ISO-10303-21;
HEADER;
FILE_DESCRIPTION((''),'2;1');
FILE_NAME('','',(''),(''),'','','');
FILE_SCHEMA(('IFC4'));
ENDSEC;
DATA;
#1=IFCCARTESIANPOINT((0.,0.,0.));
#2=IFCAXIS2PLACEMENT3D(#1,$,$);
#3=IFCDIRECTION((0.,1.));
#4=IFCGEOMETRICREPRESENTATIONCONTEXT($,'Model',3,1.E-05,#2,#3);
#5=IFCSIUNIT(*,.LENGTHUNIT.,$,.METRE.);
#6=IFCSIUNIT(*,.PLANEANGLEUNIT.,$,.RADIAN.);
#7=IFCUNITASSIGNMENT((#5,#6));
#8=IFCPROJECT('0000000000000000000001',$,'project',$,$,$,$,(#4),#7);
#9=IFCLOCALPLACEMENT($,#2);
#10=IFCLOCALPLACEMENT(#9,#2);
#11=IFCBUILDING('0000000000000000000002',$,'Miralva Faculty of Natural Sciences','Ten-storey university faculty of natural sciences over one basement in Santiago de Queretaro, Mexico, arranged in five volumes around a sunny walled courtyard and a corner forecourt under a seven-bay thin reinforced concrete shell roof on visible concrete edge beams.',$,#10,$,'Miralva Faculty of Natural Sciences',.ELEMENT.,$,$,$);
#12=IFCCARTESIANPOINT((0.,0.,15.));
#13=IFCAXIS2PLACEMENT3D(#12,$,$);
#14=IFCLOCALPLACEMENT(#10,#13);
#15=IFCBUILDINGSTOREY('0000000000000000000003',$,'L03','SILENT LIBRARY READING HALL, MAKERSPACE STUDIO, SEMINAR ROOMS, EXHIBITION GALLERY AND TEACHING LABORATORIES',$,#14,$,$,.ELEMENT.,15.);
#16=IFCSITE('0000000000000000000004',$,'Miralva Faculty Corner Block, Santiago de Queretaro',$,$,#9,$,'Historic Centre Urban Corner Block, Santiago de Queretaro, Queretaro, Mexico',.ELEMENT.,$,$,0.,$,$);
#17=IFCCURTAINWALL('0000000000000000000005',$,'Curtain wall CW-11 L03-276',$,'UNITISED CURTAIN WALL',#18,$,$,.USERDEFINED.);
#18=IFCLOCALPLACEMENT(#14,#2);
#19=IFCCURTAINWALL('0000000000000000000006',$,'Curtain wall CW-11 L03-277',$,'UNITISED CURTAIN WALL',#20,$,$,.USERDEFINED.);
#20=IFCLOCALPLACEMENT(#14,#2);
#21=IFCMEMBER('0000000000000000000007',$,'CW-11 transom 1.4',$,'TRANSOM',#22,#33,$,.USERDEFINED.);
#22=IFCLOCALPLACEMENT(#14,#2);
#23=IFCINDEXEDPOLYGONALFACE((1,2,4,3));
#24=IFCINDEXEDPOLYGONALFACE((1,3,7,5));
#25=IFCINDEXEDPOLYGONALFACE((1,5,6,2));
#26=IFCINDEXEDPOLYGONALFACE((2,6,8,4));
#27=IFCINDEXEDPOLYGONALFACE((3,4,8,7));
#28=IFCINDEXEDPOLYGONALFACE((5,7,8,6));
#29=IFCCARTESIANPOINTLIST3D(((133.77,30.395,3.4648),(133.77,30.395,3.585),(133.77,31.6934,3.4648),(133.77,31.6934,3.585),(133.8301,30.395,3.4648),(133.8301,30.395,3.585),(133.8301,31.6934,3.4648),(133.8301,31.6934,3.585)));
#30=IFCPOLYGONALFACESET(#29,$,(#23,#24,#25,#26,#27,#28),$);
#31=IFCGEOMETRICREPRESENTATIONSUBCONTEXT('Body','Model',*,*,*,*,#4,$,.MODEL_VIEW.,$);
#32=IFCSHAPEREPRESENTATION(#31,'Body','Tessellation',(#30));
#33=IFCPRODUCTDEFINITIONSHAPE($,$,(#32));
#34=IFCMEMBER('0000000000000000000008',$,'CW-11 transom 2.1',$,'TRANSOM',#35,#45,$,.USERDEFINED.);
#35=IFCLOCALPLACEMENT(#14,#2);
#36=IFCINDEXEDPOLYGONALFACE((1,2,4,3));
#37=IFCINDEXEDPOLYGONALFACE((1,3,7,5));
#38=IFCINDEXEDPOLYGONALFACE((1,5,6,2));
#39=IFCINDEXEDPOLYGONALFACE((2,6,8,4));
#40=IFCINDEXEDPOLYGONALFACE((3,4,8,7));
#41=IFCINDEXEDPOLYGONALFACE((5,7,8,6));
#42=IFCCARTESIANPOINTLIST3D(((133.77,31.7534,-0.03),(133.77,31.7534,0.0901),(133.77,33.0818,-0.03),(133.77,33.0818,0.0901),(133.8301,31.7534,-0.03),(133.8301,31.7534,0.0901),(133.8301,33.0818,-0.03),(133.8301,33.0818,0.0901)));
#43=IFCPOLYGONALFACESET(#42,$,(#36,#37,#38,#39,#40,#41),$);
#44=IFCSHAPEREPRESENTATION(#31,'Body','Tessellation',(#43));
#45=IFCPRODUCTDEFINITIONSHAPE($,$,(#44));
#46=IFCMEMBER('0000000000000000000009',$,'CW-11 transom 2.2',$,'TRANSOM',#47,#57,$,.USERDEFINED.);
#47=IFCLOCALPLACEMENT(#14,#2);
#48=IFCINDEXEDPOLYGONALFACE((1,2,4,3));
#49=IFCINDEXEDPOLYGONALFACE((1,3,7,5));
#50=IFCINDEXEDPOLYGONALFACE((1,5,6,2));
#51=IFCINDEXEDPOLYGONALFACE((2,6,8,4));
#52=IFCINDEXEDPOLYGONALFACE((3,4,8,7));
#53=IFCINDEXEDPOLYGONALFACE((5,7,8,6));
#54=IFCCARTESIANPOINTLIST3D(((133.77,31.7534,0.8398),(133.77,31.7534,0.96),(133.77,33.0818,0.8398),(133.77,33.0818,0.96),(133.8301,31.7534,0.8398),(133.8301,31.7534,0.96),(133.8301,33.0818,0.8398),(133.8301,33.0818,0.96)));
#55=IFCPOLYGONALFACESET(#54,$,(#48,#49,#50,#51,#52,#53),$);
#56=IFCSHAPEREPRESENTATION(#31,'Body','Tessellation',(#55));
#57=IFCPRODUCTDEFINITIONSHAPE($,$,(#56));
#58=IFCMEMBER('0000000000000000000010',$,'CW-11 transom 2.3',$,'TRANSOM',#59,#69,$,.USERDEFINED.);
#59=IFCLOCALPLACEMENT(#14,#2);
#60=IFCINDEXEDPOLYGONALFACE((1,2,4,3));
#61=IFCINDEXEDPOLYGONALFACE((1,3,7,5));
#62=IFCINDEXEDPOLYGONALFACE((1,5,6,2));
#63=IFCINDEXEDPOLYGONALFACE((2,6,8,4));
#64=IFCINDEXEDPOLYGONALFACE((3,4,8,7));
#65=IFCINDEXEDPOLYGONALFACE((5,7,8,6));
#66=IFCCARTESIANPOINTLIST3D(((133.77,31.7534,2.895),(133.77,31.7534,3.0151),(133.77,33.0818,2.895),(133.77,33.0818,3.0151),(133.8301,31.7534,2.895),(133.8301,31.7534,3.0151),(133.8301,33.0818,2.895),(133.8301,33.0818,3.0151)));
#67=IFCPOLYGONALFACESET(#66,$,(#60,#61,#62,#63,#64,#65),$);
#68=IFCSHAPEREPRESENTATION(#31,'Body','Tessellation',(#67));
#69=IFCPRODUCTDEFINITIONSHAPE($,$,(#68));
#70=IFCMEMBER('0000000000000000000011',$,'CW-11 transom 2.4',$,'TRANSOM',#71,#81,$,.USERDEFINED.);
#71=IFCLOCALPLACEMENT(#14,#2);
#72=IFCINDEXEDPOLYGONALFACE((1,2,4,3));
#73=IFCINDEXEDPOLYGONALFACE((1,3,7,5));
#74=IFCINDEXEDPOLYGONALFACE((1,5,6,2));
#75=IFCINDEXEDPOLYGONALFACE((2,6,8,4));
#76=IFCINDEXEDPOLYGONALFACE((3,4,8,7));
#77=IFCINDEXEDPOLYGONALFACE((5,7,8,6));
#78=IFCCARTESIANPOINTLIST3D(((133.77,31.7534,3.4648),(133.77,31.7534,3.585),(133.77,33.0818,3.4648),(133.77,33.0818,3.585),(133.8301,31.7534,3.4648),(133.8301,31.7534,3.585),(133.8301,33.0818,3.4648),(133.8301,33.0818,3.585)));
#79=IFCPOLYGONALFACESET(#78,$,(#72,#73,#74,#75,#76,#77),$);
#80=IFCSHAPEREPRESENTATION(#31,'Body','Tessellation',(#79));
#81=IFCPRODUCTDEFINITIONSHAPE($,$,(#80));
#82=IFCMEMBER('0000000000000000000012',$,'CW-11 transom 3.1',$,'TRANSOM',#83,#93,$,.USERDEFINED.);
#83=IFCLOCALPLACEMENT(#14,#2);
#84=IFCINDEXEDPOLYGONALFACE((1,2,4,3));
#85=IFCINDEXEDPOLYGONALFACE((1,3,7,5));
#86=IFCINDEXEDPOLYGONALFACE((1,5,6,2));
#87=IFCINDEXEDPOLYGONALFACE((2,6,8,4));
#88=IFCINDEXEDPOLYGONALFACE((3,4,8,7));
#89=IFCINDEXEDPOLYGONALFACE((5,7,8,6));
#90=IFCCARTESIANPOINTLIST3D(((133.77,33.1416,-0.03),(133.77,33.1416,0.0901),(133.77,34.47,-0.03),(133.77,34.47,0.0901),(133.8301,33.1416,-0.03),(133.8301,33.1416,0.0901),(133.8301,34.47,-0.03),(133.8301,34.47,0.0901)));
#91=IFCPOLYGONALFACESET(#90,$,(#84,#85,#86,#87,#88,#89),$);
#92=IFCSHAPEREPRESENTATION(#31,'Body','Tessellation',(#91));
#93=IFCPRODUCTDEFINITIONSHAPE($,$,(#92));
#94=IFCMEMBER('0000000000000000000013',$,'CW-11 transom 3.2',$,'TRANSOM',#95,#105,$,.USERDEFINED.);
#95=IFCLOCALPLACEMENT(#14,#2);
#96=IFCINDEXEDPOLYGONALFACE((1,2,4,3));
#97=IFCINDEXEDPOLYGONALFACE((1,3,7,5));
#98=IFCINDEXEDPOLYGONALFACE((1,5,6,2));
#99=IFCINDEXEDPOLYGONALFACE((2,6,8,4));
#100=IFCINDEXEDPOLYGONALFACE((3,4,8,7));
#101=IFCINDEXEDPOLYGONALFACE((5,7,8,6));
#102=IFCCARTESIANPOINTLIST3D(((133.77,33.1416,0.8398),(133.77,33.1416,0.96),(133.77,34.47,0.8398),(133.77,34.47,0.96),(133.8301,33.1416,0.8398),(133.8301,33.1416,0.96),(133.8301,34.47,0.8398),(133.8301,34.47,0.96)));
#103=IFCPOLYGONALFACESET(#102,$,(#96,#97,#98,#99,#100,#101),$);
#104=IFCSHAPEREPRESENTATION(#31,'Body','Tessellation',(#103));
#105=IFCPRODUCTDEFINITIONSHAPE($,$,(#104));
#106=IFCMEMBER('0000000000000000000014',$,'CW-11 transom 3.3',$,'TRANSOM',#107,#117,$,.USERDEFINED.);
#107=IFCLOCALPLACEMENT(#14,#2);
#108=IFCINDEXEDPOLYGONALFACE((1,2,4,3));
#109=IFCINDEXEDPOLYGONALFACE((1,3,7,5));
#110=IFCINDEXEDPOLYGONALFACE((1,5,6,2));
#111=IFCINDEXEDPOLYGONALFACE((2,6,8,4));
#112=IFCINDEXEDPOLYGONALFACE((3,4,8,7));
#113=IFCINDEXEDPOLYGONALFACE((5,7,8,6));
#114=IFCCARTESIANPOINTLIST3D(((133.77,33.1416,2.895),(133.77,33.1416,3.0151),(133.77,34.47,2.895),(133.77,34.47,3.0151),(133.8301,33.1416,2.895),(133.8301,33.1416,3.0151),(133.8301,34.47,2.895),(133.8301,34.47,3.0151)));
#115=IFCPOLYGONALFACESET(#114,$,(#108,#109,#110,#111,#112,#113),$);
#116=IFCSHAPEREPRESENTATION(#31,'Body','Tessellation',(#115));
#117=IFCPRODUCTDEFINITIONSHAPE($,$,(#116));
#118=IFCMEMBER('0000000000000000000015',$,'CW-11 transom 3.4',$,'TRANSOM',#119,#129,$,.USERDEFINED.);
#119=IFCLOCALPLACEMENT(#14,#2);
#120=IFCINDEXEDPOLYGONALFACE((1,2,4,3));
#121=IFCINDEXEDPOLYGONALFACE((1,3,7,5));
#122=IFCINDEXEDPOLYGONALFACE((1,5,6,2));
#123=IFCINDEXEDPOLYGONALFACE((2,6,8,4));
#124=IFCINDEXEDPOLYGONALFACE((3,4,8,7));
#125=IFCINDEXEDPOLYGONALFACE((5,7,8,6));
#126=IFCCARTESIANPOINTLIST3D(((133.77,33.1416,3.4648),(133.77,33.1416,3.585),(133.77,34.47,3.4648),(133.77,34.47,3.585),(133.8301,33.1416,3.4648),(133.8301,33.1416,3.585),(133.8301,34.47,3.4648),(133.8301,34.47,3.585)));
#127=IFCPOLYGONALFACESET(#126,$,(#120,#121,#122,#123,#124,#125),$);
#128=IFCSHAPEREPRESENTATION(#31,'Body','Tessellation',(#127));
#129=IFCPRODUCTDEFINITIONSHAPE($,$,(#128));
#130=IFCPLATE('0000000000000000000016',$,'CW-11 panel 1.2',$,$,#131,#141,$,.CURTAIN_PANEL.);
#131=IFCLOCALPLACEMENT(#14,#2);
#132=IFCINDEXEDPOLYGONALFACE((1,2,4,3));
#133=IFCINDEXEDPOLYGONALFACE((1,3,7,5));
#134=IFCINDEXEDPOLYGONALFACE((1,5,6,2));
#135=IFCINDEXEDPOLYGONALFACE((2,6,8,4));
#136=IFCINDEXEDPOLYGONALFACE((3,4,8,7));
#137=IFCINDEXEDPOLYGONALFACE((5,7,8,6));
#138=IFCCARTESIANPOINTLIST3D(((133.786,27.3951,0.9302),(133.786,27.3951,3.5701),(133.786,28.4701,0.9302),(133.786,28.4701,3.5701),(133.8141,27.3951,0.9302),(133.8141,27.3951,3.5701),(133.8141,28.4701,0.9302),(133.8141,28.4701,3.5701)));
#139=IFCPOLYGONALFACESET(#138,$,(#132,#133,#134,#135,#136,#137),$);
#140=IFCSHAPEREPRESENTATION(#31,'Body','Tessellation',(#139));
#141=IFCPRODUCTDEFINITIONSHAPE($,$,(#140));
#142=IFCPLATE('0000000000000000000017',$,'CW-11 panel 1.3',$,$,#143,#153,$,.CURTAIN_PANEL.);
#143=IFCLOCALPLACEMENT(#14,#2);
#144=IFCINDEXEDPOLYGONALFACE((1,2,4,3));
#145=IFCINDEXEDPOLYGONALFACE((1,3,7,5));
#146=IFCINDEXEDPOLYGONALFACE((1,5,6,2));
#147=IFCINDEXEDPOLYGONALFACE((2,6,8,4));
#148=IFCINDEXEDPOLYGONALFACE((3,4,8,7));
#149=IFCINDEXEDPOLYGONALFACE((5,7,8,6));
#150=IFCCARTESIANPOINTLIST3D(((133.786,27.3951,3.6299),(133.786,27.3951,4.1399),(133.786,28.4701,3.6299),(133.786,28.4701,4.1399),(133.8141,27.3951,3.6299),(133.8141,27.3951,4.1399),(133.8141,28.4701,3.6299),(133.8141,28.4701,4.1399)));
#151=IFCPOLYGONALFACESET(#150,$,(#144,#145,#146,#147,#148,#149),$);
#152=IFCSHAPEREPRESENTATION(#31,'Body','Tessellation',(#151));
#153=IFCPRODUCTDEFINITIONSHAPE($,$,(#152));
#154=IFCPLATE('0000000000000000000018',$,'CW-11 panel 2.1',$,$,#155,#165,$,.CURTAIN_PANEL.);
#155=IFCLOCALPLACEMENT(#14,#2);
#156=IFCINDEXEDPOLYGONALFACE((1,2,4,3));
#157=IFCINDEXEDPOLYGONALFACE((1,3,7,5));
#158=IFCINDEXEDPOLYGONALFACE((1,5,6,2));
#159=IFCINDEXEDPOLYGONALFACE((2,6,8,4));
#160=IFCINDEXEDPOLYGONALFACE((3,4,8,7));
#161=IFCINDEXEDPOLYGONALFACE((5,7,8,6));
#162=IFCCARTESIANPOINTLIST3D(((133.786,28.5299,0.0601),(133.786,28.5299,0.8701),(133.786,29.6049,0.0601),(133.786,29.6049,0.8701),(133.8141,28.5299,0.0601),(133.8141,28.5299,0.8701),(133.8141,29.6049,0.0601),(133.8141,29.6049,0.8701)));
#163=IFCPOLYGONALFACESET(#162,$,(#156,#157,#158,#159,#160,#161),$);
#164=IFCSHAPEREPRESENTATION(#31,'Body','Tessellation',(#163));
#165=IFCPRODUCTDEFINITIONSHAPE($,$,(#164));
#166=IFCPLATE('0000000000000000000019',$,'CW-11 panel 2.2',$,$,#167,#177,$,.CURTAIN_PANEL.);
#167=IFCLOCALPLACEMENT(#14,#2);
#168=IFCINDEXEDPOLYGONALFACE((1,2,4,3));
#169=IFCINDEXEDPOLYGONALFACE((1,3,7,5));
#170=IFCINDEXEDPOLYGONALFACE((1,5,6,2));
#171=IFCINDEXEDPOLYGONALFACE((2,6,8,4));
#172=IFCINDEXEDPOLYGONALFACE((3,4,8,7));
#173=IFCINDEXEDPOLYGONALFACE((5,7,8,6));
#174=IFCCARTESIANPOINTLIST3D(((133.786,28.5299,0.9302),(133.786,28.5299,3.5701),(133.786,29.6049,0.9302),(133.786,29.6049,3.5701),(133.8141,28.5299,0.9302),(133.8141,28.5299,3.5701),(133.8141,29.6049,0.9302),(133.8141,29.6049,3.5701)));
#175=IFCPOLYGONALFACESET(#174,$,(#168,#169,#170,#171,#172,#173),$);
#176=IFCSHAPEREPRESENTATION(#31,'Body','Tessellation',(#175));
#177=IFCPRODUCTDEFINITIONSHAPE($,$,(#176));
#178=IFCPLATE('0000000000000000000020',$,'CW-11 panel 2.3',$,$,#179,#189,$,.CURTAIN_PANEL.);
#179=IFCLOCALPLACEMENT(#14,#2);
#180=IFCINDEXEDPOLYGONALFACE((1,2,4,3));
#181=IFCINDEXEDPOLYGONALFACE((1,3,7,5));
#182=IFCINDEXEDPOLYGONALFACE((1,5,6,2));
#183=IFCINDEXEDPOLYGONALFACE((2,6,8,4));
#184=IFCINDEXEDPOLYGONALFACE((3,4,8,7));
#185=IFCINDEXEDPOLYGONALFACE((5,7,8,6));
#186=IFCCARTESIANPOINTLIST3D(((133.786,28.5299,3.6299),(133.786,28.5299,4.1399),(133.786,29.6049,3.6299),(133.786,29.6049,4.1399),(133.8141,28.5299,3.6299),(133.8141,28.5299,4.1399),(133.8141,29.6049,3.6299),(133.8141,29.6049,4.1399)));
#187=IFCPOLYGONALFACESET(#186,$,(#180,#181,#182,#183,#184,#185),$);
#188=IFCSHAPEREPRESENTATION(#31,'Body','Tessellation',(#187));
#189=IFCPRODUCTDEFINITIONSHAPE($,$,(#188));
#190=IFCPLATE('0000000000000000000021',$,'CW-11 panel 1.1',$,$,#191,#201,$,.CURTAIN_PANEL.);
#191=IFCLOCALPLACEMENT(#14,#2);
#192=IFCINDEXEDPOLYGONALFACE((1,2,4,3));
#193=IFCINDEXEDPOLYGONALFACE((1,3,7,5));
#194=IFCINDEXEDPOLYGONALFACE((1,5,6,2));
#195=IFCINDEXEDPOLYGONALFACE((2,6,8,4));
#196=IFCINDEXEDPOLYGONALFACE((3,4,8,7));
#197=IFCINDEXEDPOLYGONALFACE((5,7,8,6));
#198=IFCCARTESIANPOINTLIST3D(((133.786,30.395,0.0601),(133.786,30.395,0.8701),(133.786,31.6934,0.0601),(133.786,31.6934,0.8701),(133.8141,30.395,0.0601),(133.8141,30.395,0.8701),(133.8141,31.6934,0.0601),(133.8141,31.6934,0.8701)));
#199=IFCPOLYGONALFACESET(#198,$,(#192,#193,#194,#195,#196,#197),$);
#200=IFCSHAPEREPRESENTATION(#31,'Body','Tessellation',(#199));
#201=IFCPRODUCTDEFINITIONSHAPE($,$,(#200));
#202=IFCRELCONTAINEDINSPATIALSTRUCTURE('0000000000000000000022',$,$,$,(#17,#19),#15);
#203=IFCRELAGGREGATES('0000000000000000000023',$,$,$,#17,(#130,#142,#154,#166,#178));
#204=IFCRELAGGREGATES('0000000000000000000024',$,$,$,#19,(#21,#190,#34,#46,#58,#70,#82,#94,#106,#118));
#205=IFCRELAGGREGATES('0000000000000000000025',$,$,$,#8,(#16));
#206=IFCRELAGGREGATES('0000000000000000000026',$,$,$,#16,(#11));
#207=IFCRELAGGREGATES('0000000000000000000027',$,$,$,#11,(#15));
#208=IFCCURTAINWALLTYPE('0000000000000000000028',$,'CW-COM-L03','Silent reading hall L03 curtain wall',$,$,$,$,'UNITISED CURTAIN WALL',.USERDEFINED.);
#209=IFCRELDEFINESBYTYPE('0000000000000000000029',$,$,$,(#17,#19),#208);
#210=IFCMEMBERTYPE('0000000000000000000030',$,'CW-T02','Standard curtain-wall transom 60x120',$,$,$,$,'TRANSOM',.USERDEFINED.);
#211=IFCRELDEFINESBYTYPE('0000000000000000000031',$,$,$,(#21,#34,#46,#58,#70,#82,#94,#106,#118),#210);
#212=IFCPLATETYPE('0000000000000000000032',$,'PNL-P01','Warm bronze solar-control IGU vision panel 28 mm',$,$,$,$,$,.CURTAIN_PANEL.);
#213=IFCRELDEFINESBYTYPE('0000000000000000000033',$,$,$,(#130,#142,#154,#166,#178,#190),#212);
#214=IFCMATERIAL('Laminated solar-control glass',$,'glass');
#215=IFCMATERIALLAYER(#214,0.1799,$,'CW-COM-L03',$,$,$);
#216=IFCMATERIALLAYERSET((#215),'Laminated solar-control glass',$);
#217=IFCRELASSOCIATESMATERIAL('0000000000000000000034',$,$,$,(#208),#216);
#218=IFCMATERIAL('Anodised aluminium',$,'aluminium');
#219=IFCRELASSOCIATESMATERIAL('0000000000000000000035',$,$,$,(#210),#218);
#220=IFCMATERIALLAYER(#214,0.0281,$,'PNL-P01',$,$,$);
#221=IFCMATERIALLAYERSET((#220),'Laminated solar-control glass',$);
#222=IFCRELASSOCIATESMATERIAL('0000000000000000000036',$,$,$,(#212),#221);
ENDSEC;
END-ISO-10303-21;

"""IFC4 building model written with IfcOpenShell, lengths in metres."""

from ifc_helpers import new_model, si_unit, direction, frame, origin, origin_2d, place, context, subcontext, project, spatial, rectangle, extrude, material, layer, layer_set, material_profile, profile_set, type_object, element, aggregate, save


model = new_model("IFC4")

# Units and contexts
model_context = context("Model", 3, precision=1e-05, world=origin(), true_north=direction((0.0, 1.0)))
body_context = subcontext(model_context, "Body", "Model", "MODEL_VIEW")
ifc_project = project(units=[si_unit("LENGTHUNIT", "METRE"), si_unit("PLANEANGLEUNIT", "RADIAN")], contexts=[model_context])

# Site, building, storey
site_placement = place(None, origin())
site = spatial("IfcSite", under=ifc_project, at=site_placement, Name="Miralva Faculty Corner Block, Santiago de Queretaro", LongName="Historic Centre Urban Corner Block, Santiago de Queretaro, Queretaro, Mexico", CompositionType="ELEMENT", RefElevation=0.0)
building_placement = place(site_placement, origin())
building = spatial("IfcBuilding", under=site, at=building_placement, Name="Miralva Faculty of Natural Sciences", Description="Ten-storey university faculty of natural sciences over one basement in Santiago de Queretaro, Mexico, arranged in five volumes around a sunny walled courtyard and a corner forecourt under a seven-bay thin reinforced concrete shell roof on visible concrete edge beams.", LongName="Miralva Faculty of Natural Sciences", CompositionType="ELEMENT")
storey_placement = place(building_placement, frame((0.0, 0.0, 15.0)))
storey = spatial("IfcBuildingStorey", under=building, at=storey_placement, Name="L03", Description="SILENT LIBRARY READING HALL, MAKERSPACE STUDIO, SEMINAR ROOMS, EXHIBITION GALLERY AND TEACHING LABORATORIES", CompositionType="ELEMENT", Elevation=15.0)

# Curtain walls
ifc_material_1 = material(Name="Laminated solar-control glass", Category="glass")
ifc_layer_1 = layer(ifc_material_1, 0.1799, Name="CW-COM-L03")
ifc_layer_set_1 = layer_set([ifc_layer_1], Name="Laminated solar-control glass")
curtain_wall_type = type_object("IfcCurtainWallType", Name="CW-COM-L03", Description="Silent reading hall L03 curtain wall", ElementType="UNITISED CURTAIN WALL", PredefinedType="USERDEFINED", material=ifc_layer_set_1)
curtain_wall_1_placement = place(storey_placement, origin())
curtain_wall_1 = element("IfcCurtainWall", 1, at=curtain_wall_1_placement, inside=storey, type_object=curtain_wall_type, Name="Curtain wall CW-11 L03-276", ObjectType="UNITISED CURTAIN WALL", PredefinedType="USERDEFINED")
ifc_material_2 = material(Name="Anodised aluminium", Category="aluminium")
curtain_wall_2_placement = place(storey_placement, origin())
curtain_wall_2 = element("IfcCurtainWall", 2, at=curtain_wall_2_placement, inside=storey, type_object=curtain_wall_type, Name="Curtain wall CW-11 L03-277", ObjectType="UNITISED CURTAIN WALL", PredefinedType="USERDEFINED")

# Members
ifc_material_profile_1 = material_profile(ifc_material_2, rectangle(XDim=0.0601, YDim=0.1201, at=origin_2d()), Name="TRANSOM 60x120")
ifc_profile_set_1 = profile_set([ifc_material_profile_1], Name="Anodised aluminium")
member_type_1 = type_object("IfcMemberType", Name="CW-T02", Description="Standard curtain-wall transom 60x120", ElementType="TRANSOM", PredefinedType="USERDEFINED", material=ifc_profile_set_1)
member_1_placement = place(storey_placement, frame((133.8, 30.395, 3.5249), z_axis=(0.0, 1.0, 0.0), x_axis=(-1.0, 0.0, 0.0)))
member_1 = element("IfcMember", 3, at=member_1_placement, type_object=member_type_1, Name="CW-11 transom 1.4", ObjectType="TRANSOM", PredefinedType="USERDEFINED", context=body_context, shape_type="SweptSolid", body=[
    extrude(rectangle(XDim=0.0601, YDim=0.1201, at=origin_2d()), origin(), (0.0, 0.0, 1.0), 1.2983),
])
member_2_placement = place(storey_placement, frame((133.8, 31.7534, 0.03), z_axis=(0.0, 1.0, 0.0), x_axis=(-1.0, 0.0, 0.0)))
member_2 = element("IfcMember", 4, at=member_2_placement, type_object=member_type_1, Name="CW-11 transom 2.1", ObjectType="TRANSOM", PredefinedType="USERDEFINED", context=body_context, shape_type="SweptSolid", body=[
    extrude(rectangle(XDim=0.0601, YDim=0.1201, at=origin_2d()), origin(), (0.0, 0.0, 1.0), 1.3284),
])
member_3_placement = place(storey_placement, frame((133.8, 31.7534, 0.8999), z_axis=(0.0, 1.0, 0.0), x_axis=(-1.0, 0.0, 0.0)))
member_3 = element("IfcMember", 5, at=member_3_placement, type_object=member_type_1, Name="CW-11 transom 2.2", ObjectType="TRANSOM", PredefinedType="USERDEFINED", context=body_context, shape_type="SweptSolid", body=[
    extrude(rectangle(XDim=0.0601, YDim=0.1201, at=origin_2d()), origin(), (0.0, 0.0, 1.0), 1.3284),
])
member_4_placement = place(storey_placement, frame((133.8, 31.7534, 2.9551), z_axis=(0.0, 1.0, 0.0), x_axis=(-1.0, 0.0, 0.0)))
member_4 = element("IfcMember", 6, at=member_4_placement, type_object=member_type_1, Name="CW-11 transom 2.3", ObjectType="TRANSOM", PredefinedType="USERDEFINED", context=body_context, shape_type="SweptSolid", body=[
    extrude(rectangle(XDim=0.0601, YDim=0.1201, at=origin_2d()), origin(), (0.0, 0.0, 1.0), 1.3284),
])
member_5_placement = place(storey_placement, frame((133.8, 31.7534, 3.5249), z_axis=(0.0, 1.0, 0.0), x_axis=(-1.0, 0.0, 0.0)))
member_5 = element("IfcMember", 7, at=member_5_placement, type_object=member_type_1, Name="CW-11 transom 2.4", ObjectType="TRANSOM", PredefinedType="USERDEFINED", context=body_context, shape_type="SweptSolid", body=[
    extrude(rectangle(XDim=0.0601, YDim=0.1201, at=origin_2d()), origin(), (0.0, 0.0, 1.0), 1.3284),
])
member_6_placement = place(storey_placement, frame((133.8, 33.1416, 0.03), z_axis=(0.0, 1.0, 0.0), x_axis=(-1.0, 0.0, 0.0)))
member_6 = element("IfcMember", 8, at=member_6_placement, type_object=member_type_1, Name="CW-11 transom 3.1", ObjectType="TRANSOM", PredefinedType="USERDEFINED", context=body_context, shape_type="SweptSolid", body=[
    extrude(rectangle(XDim=0.0601, YDim=0.1201, at=origin_2d()), origin(), (0.0, 0.0, 1.0), 1.3284),
])
member_7_placement = place(storey_placement, frame((133.8, 33.1416, 0.8999), z_axis=(0.0, 1.0, 0.0), x_axis=(-1.0, 0.0, 0.0)))
member_7 = element("IfcMember", 9, at=member_7_placement, type_object=member_type_1, Name="CW-11 transom 3.2", ObjectType="TRANSOM", PredefinedType="USERDEFINED", context=body_context, shape_type="SweptSolid", body=[
    extrude(rectangle(XDim=0.0601, YDim=0.1201, at=origin_2d()), origin(), (0.0, 0.0, 1.0), 1.3284),
])
member_8_placement = place(storey_placement, frame((133.8, 33.1416, 2.9551), z_axis=(0.0, 1.0, 0.0), x_axis=(-1.0, 0.0, 0.0)))
member_8 = element("IfcMember", 10, at=member_8_placement, type_object=member_type_1, Name="CW-11 transom 3.3", ObjectType="TRANSOM", PredefinedType="USERDEFINED", context=body_context, shape_type="SweptSolid", body=[
    extrude(rectangle(XDim=0.0601, YDim=0.1201, at=origin_2d()), origin(), (0.0, 0.0, 1.0), 1.3284),
])
member_9_placement = place(storey_placement, frame((133.8, 33.1416, 3.5249), z_axis=(0.0, 1.0, 0.0), x_axis=(-1.0, 0.0, 0.0)))
member_9 = element("IfcMember", 11, at=member_9_placement, type_object=member_type_1, Name="CW-11 transom 3.4", ObjectType="TRANSOM", PredefinedType="USERDEFINED", context=body_context, shape_type="SweptSolid", body=[
    extrude(rectangle(XDim=0.0601, YDim=0.1201, at=origin_2d()), origin(), (0.0, 0.0, 1.0), 1.3284),
])

# Plates
ifc_layer_2 = layer(ifc_material_1, 0.0281, Name="PNL-P01")
ifc_layer_set_2 = layer_set([ifc_layer_2], Name="Laminated solar-control glass")
plate_type = type_object("IfcPlateType", Name="PNL-P01", Description="Warm bronze solar-control IGU vision panel 28 mm", PredefinedType="CURTAIN_PANEL", material=ifc_layer_set_2)
plate_1_placement = place(storey_placement, frame((133.8, 27.9326, 0.9302), z_axis=(0.0, 0.0, 1.0), x_axis=(0.0, 1.0, 0.0)))
plate_1 = element("IfcPlate", 12, at=plate_1_placement, type_object=plate_type, Name="CW-11 panel 1.2", PredefinedType="CURTAIN_PANEL", context=body_context, shape_type="SweptSolid", body=[
    extrude(rectangle(XDim=1.075, YDim=0.0281, at=origin_2d()), origin(), (0.0, 0.0, 1.0), 2.6399),
])
plate_2_placement = place(storey_placement, frame((133.8, 27.9326, 3.6299), z_axis=(0.0, 0.0, 1.0), x_axis=(0.0, 1.0, 0.0)))
plate_2 = element("IfcPlate", 13, at=plate_2_placement, type_object=plate_type, Name="CW-11 panel 1.3", PredefinedType="CURTAIN_PANEL", context=body_context, shape_type="SweptSolid", body=[
    extrude(rectangle(XDim=1.075, YDim=0.0281, at=origin_2d()), origin(), (0.0, 0.0, 1.0), 0.51),
])
plate_3_placement = place(storey_placement, frame((133.8, 29.0674, 0.0601), z_axis=(0.0, 0.0, 1.0), x_axis=(0.0, 1.0, 0.0)))
plate_3 = element("IfcPlate", 14, at=plate_3_placement, type_object=plate_type, Name="CW-11 panel 2.1", PredefinedType="CURTAIN_PANEL", context=body_context, shape_type="SweptSolid", body=[
    extrude(rectangle(XDim=1.075, YDim=0.0281, at=origin_2d()), origin(), (0.0, 0.0, 1.0), 0.8101),
])
plate_4_placement = place(storey_placement, frame((133.8, 29.0674, 0.9302), z_axis=(0.0, 0.0, 1.0), x_axis=(0.0, 1.0, 0.0)))
plate_4 = element("IfcPlate", 15, at=plate_4_placement, type_object=plate_type, Name="CW-11 panel 2.2", PredefinedType="CURTAIN_PANEL", context=body_context, shape_type="SweptSolid", body=[
    extrude(rectangle(XDim=1.075, YDim=0.0281, at=origin_2d()), origin(), (0.0, 0.0, 1.0), 2.6399),
])
plate_5_placement = place(storey_placement, frame((133.8, 29.0674, 3.6299), z_axis=(0.0, 0.0, 1.0), x_axis=(0.0, 1.0, 0.0)))
plate_5 = element("IfcPlate", 16, at=plate_5_placement, type_object=plate_type, Name="CW-11 panel 2.3", PredefinedType="CURTAIN_PANEL", context=body_context, shape_type="SweptSolid", body=[
    extrude(rectangle(XDim=1.075, YDim=0.0281, at=origin_2d()), origin(), (0.0, 0.0, 1.0), 0.51),
])
aggregate(curtain_wall_1, [plate_1, plate_2, plate_3, plate_4, plate_5])
plate_6_placement = place(storey_placement, frame((133.8, 31.0442, 0.0601), z_axis=(0.0, 0.0, 1.0), x_axis=(0.0, 1.0, 0.0)))
plate_6 = element("IfcPlate", 17, at=plate_6_placement, type_object=plate_type, Name="CW-11 panel 1.1", PredefinedType="CURTAIN_PANEL", context=body_context, shape_type="SweptSolid", body=[
    extrude(rectangle(XDim=1.2983, YDim=0.0281, at=origin_2d()), origin(), (0.0, 0.0, 1.0), 0.8101),
])
aggregate(curtain_wall_2, [member_1, plate_6, member_2, member_3, member_4, member_5, member_6, member_7, member_8, member_9])

save(model, "model.ifc")
